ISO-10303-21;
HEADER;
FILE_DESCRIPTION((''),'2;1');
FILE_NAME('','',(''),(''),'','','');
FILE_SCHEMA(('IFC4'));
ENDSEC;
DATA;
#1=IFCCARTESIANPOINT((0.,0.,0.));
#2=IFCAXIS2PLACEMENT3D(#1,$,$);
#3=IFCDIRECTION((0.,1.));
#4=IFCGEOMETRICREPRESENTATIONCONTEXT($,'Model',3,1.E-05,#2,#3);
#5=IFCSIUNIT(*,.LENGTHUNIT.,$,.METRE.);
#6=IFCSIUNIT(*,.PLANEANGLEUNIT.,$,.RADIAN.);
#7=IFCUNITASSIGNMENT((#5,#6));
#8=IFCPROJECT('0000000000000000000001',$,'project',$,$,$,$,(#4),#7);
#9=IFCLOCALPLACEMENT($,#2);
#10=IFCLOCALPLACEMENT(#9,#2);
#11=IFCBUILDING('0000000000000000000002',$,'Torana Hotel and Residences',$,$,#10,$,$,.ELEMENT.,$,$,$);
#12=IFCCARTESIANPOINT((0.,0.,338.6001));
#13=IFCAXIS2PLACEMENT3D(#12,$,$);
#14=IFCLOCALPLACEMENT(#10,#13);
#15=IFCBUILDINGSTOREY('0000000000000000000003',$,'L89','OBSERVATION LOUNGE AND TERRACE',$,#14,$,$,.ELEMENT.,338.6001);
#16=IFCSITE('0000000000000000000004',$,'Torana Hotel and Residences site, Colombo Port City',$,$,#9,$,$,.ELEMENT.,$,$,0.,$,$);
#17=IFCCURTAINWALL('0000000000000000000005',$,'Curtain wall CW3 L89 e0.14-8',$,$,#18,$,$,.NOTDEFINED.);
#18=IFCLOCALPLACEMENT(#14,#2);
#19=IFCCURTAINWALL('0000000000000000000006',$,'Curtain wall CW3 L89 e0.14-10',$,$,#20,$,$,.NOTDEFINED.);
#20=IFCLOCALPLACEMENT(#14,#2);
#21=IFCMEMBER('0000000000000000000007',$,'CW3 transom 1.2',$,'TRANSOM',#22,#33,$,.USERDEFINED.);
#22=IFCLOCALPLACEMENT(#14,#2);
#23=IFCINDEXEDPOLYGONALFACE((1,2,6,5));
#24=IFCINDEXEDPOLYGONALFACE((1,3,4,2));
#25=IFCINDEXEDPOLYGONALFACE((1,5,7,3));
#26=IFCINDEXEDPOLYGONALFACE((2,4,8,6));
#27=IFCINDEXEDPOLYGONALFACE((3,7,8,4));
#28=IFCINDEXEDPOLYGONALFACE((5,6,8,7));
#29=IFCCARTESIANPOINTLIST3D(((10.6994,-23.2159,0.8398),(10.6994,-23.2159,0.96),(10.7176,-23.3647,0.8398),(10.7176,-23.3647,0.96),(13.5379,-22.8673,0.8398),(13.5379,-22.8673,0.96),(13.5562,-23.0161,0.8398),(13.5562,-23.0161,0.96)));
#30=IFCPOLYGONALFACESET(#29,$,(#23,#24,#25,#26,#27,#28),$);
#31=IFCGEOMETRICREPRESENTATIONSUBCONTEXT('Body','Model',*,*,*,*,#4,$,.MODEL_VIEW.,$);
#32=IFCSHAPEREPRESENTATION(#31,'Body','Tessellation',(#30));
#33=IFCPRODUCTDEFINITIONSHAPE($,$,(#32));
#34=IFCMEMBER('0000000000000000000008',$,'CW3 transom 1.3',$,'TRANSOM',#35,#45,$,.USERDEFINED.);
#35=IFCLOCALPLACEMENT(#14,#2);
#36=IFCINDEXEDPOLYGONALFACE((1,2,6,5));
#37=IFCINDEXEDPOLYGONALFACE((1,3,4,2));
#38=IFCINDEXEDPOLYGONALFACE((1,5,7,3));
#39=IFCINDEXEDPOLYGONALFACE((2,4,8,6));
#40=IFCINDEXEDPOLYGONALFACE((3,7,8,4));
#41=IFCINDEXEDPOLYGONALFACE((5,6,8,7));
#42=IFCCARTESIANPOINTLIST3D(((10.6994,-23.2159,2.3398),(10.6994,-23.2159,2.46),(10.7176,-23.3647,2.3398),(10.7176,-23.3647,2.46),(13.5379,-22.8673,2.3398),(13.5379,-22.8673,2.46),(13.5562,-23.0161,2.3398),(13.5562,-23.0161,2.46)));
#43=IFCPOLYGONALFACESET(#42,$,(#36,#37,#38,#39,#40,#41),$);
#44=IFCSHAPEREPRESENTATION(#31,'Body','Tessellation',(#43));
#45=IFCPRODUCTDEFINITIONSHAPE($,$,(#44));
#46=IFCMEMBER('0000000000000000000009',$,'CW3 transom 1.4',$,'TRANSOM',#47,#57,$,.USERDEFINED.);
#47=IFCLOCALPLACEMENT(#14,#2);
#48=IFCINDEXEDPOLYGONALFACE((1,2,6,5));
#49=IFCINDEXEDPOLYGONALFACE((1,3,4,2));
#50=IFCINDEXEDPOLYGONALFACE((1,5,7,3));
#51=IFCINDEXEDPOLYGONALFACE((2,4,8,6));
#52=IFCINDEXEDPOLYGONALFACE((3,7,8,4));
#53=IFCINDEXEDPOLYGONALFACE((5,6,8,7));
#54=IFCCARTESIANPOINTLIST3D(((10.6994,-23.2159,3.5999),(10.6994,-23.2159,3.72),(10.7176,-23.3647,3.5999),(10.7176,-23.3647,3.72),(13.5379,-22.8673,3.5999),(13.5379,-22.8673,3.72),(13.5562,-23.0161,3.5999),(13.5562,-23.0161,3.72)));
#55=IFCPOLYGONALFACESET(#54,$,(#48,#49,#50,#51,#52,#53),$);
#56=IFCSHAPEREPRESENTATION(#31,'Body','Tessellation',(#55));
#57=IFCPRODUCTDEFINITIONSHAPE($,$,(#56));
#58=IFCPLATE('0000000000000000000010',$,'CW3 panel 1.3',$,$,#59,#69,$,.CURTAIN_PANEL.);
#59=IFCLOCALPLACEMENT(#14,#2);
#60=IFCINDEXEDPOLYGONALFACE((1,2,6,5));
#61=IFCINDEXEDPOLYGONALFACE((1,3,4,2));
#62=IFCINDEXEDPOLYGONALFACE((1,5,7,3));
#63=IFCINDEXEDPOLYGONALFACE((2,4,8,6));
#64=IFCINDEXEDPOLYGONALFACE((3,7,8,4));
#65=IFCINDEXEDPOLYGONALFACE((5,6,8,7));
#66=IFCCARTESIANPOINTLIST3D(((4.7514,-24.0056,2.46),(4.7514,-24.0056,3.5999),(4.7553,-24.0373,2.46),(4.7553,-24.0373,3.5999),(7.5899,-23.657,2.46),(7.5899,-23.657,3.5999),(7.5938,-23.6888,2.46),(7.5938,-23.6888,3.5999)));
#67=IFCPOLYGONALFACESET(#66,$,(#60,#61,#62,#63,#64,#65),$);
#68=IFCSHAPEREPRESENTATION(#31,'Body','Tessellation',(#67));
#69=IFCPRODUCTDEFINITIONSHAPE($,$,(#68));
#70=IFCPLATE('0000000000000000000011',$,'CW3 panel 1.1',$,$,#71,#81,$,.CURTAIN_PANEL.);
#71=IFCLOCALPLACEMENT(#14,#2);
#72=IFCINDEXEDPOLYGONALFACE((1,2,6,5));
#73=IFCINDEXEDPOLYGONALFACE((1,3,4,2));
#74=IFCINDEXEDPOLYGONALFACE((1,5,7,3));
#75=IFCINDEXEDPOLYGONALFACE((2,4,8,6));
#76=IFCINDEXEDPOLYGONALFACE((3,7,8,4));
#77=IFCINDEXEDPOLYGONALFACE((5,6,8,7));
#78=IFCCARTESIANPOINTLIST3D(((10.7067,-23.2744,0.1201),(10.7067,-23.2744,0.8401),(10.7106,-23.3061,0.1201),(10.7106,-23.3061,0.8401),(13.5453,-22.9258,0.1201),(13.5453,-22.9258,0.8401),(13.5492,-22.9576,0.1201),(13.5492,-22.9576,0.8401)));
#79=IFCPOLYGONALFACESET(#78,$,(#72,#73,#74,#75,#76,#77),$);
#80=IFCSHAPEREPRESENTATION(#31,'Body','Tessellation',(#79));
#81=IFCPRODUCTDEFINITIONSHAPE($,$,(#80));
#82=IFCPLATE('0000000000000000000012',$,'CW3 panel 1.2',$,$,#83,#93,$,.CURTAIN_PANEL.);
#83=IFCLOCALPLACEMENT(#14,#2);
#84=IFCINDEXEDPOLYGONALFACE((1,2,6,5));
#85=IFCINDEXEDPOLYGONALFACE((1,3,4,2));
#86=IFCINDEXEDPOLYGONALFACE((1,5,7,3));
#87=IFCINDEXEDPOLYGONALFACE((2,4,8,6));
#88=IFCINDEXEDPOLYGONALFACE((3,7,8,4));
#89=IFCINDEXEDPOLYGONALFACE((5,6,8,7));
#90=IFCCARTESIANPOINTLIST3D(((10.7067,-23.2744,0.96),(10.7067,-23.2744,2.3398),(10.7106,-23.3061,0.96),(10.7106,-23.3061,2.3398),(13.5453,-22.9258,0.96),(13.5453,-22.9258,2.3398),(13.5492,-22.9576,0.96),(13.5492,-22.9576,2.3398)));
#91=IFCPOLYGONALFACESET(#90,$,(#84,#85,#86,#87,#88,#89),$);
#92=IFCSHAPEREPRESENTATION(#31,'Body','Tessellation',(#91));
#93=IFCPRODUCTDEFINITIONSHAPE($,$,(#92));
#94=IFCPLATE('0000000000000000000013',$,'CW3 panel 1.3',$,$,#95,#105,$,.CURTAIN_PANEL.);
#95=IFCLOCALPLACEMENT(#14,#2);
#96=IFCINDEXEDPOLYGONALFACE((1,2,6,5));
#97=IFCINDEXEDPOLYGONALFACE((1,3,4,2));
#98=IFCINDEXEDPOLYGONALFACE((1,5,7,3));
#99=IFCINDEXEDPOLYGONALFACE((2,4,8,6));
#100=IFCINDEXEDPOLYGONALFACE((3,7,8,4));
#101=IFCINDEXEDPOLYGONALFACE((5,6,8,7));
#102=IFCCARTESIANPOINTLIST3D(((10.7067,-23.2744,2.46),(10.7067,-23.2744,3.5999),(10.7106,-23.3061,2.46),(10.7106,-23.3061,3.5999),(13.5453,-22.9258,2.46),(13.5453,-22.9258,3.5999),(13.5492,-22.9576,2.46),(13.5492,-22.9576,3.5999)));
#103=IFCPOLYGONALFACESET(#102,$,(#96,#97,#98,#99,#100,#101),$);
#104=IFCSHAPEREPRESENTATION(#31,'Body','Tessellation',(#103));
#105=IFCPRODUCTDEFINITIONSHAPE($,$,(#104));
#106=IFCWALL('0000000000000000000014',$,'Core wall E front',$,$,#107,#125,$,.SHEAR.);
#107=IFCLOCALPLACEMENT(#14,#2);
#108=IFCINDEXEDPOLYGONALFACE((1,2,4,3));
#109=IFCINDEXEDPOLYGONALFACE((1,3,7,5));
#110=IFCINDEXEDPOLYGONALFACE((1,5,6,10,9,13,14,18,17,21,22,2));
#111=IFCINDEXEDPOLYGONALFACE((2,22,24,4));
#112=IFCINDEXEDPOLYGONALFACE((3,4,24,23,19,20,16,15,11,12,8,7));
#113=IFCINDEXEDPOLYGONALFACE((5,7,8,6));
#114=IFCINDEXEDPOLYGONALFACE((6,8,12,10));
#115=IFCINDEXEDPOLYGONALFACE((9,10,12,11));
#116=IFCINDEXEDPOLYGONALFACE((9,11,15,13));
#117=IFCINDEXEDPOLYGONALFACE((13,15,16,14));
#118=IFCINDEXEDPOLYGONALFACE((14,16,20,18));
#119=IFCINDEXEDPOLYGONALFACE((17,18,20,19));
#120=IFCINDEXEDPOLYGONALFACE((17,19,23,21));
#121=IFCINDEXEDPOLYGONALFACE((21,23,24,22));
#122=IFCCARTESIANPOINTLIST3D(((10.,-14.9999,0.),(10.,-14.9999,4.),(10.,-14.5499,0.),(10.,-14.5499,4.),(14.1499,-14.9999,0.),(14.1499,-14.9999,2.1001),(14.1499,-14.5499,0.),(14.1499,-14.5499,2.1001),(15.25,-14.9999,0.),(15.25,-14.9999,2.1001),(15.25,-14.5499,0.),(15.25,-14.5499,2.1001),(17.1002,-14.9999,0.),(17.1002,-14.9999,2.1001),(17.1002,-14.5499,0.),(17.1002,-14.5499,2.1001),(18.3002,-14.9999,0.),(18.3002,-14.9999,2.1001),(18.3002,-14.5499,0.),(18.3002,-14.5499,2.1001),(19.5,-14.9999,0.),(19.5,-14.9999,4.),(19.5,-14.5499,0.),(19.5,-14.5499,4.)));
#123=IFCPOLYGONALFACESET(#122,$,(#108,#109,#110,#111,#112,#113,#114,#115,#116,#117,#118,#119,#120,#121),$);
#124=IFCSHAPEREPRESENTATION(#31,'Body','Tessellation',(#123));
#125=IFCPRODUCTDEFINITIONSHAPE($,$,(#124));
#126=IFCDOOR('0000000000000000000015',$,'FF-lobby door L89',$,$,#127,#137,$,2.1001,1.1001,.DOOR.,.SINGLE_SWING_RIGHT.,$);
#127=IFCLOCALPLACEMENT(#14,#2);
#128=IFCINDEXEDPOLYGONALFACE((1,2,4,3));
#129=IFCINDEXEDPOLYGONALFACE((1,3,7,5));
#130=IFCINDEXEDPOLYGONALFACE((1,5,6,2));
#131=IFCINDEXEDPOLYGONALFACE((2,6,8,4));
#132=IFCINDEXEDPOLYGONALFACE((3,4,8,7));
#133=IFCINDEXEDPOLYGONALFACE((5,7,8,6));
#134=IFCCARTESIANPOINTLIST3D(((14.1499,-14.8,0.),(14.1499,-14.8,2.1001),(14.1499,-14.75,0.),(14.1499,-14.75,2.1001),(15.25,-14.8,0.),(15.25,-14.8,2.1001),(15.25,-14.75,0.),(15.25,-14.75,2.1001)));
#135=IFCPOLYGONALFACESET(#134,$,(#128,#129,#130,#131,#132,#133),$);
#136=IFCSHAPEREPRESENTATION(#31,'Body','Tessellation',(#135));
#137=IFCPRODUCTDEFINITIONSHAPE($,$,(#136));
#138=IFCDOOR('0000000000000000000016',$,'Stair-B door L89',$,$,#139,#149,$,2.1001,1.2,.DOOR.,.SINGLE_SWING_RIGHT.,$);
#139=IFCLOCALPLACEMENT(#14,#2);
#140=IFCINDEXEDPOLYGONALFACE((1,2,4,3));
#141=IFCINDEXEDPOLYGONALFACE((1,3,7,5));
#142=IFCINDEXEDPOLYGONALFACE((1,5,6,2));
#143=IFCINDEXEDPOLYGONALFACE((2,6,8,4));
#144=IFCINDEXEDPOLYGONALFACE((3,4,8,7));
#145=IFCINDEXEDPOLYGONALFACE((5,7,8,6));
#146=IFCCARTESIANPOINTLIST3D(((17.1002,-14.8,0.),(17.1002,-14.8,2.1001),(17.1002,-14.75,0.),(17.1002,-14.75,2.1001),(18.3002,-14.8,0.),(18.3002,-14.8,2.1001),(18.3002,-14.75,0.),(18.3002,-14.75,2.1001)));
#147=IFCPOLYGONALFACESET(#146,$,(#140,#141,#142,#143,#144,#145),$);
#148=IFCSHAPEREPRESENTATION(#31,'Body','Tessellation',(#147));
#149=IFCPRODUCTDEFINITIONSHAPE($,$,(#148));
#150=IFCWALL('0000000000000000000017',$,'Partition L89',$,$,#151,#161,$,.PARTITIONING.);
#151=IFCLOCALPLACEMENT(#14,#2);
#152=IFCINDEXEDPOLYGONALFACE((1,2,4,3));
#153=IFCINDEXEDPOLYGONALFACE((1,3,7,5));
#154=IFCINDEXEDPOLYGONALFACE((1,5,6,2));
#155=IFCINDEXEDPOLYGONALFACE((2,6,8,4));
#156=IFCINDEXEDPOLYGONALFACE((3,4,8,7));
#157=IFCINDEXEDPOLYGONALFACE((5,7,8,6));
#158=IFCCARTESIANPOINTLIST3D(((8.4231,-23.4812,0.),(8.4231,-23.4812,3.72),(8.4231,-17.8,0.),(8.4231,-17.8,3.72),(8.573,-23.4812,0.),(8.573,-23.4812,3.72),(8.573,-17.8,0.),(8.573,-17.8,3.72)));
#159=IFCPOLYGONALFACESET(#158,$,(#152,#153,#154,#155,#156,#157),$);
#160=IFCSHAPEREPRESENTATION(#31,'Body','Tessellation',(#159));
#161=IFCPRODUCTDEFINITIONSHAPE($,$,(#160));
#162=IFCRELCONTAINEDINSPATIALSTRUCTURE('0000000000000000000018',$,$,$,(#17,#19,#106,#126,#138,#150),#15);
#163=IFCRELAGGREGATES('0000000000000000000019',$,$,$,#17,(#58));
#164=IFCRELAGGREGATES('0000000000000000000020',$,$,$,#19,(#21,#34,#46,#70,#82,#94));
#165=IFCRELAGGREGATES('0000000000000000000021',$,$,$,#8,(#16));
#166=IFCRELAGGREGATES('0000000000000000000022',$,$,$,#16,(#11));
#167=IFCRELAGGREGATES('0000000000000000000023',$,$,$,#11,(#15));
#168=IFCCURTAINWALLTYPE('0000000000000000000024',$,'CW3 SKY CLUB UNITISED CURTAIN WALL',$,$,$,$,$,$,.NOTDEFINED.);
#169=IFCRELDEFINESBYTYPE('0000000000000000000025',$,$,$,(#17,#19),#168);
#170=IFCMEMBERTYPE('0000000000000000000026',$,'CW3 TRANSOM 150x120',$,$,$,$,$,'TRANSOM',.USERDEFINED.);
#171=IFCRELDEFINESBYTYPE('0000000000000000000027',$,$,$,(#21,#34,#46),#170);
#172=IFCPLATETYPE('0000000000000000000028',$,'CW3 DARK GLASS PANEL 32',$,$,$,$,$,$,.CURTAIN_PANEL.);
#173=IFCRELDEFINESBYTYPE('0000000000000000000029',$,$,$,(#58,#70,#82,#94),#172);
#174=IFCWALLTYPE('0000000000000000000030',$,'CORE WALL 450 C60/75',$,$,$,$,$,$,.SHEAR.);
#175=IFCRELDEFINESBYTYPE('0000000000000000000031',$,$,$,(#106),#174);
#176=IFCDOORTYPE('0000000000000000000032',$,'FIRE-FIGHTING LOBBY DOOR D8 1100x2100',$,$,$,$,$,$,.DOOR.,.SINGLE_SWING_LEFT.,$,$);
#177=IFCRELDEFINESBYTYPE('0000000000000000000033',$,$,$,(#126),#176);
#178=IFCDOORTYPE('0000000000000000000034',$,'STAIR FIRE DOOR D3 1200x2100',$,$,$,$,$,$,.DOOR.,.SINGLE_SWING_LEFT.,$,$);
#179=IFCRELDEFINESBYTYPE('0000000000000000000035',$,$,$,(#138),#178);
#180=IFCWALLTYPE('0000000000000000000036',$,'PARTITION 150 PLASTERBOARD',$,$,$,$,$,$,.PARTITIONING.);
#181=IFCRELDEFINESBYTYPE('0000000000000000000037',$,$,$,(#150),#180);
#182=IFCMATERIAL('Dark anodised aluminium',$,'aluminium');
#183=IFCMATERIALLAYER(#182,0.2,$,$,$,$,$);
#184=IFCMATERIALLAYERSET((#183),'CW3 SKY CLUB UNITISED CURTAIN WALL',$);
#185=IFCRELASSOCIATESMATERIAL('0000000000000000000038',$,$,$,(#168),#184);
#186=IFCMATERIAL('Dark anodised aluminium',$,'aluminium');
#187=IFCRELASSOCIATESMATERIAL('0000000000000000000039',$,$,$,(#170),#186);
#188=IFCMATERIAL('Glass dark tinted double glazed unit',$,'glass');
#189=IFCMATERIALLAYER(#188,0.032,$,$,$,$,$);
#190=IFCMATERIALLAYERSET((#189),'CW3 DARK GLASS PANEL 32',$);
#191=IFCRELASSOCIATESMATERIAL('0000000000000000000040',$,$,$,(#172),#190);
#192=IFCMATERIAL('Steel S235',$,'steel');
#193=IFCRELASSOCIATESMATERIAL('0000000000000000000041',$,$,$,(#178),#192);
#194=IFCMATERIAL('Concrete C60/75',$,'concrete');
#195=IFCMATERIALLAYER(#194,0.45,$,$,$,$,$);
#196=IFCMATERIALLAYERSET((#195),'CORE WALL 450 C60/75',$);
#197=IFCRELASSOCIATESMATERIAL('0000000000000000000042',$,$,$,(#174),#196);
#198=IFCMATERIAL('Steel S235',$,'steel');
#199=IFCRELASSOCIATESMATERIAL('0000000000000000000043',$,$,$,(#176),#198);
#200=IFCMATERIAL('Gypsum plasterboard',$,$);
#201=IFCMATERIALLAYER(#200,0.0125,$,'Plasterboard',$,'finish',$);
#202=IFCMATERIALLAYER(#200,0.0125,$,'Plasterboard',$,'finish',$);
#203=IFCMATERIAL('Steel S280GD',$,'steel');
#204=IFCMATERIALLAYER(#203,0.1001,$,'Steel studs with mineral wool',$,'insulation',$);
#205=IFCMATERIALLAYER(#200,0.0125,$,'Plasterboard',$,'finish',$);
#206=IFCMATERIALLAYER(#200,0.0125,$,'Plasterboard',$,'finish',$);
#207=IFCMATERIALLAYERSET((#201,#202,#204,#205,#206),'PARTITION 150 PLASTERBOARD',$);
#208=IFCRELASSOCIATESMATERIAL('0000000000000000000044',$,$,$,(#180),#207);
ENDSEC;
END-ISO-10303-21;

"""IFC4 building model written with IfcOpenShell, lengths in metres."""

from ifc_helpers import new_model, si_unit, direction, frame, frame_2d, origin, origin_2d, place, context, subcontext, project, spatial, rectangle, extrude, material, layer, layer_set, material_profile, profile_set, type_object, element, fill, aggregate, save


model = new_model("IFC4")

# Units and contexts
model_context = context("Model", 3, precision=1e-05, world=origin(), true_north=direction((0.0, 1.0)))
body_context = subcontext(model_context, "Body", "Model", "MODEL_VIEW")
ifc_project = project(units=[si_unit("LENGTHUNIT", "METRE"), si_unit("PLANEANGLEUNIT", "RADIAN")], contexts=[model_context])

# Site, building, storey
site_placement = place(None, origin())
site = spatial("IfcSite", under=ifc_project, at=site_placement, Name="Torana Hotel and Residences site, Colombo Port City", CompositionType="ELEMENT", RefElevation=0.0)
building_placement = place(site_placement, origin())
building = spatial("IfcBuilding", under=site, at=building_placement, Name="Torana Hotel and Residences", CompositionType="ELEMENT")
storey_placement = place(building_placement, frame((0.0, 0.0, 338.6001)))
storey = spatial("IfcBuildingStorey", under=building, at=storey_placement, Name="L89", Description="OBSERVATION LOUNGE AND TERRACE", CompositionType="ELEMENT", Elevation=338.6001)

# Curtain wall
ifc_material_1 = material(Name="Dark anodised aluminium", Category="aluminium")
ifc_layer_1 = layer(ifc_material_1, 0.2)
ifc_layer_set_1 = layer_set([ifc_layer_1], Name="CW3 SKY CLUB UNITISED CURTAIN WALL")
curtain_wall_type = type_object("IfcCurtainWallType", Name="CW3 SKY CLUB UNITISED CURTAIN WALL", PredefinedType="NOTDEFINED", material=ifc_layer_set_1)
curtain_wall_1_placement = place(storey_placement, origin())
curtain_wall_1 = element("IfcCurtainWall", 1, at=curtain_wall_1_placement, inside=storey, type_object=curtain_wall_type, Name="Curtain wall CW3 L89 e0.14-8", PredefinedType="NOTDEFINED")

# Curtain wall, members
curtain_wall_2_placement = place(storey_placement, origin())
curtain_wall_2 = element("IfcCurtainWall", 2, at=curtain_wall_2_placement, inside=storey, type_object=curtain_wall_type, Name="Curtain wall CW3 L89 e0.14-10", PredefinedType="NOTDEFINED")
ifc_material_2 = material(Name="Dark anodised aluminium", Category="aluminium")
ifc_material_profile_1 = material_profile(ifc_material_2, rectangle(XDim=0.1499, YDim=0.1201, at=origin_2d()), Name="CW3 TRANSOM 150x120")
ifc_profile_set_1 = profile_set([ifc_material_profile_1], Name="Dark anodised aluminium")
member_type_1 = type_object("IfcMemberType", Name="CW3 TRANSOM 150x120", ElementType="TRANSOM", PredefinedType="USERDEFINED", material=ifc_profile_set_1)
member_1_placement = place(storey_placement, frame((10.7085, -23.2903, 0.8999), z_axis=(0.992542, 0.121902, 0.0), x_axis=(-0.121902, 0.992542, 0.0)))
member_1 = element("IfcMember", 3, at=member_1_placement, type_object=member_type_1, Name="CW3 transom 1.2", ObjectType="TRANSOM", PredefinedType="USERDEFINED", context=body_context, shape_type="SweptSolid", body=[
    extrude(rectangle(XDim=0.1499, YDim=0.1201, at=origin_2d()), origin(), (0.0, 0.0, 1.0), 2.8599),
])
member_2_placement = place(storey_placement, frame((10.7085, -23.2903, 2.3999), z_axis=(0.992542, 0.121902, 0.0), x_axis=(-0.121902, 0.992542, 0.0)))
member_2 = element("IfcMember", 4, at=member_2_placement, type_object=member_type_1, Name="CW3 transom 1.3", ObjectType="TRANSOM", PredefinedType="USERDEFINED", context=body_context, shape_type="SweptSolid", body=[
    extrude(rectangle(XDim=0.1499, YDim=0.1201, at=origin_2d()), origin(), (0.0, 0.0, 1.0), 2.8599),
])
member_3_placement = place(storey_placement, frame((10.7085, -23.2903, 3.6599), z_axis=(0.992542, 0.121902, 0.0), x_axis=(-0.121902, 0.992542, 0.0)))
member_3 = element("IfcMember", 5, at=member_3_placement, type_object=member_type_1, Name="CW3 transom 1.4", ObjectType="TRANSOM", PredefinedType="USERDEFINED", context=body_context, shape_type="SweptSolid", body=[
    extrude(rectangle(XDim=0.1499, YDim=0.1201, at=origin_2d()), origin(), (0.0, 0.0, 1.0), 2.8599),
])

# Plates
ifc_material_3 = material(Name="Glass dark tinted double glazed unit", Category="glass")
ifc_layer_2 = layer(ifc_material_3, 0.032)
ifc_layer_set_2 = layer_set([ifc_layer_2], Name="CW3 DARK GLASS PANEL 32")
plate_type = type_object("IfcPlateType", Name="CW3 DARK GLASS PANEL 32", PredefinedType="CURTAIN_PANEL", material=ifc_layer_set_2)
plate_1_placement = place(storey_placement, frame((6.1726, -23.8472, 2.46), z_axis=(0.0, 0.0, 1.0), x_axis=(0.992546, 0.121868, 0.0)))
plate_1 = element("IfcPlate", 6, at=plate_1_placement, type_object=plate_type, Name="CW3 panel 1.3", PredefinedType="CURTAIN_PANEL", context=body_context, shape_type="SweptSolid", body=[
    extrude(rectangle(XDim=2.8599, YDim=0.032, at=origin_2d()), origin(), (0.0, 0.0, 1.0), 1.1399),
])
aggregate(curtain_wall_1, [plate_1])
plate_2_placement = place(storey_placement, frame((12.1279, -23.116, 0.1201), z_axis=(0.0, 0.0, 1.0), x_axis=(0.992546, 0.121868, 0.0)))
plate_2 = element("IfcPlate", 7, at=plate_2_placement, type_object=plate_type, Name="CW3 panel 1.1", PredefinedType="CURTAIN_PANEL", context=body_context, shape_type="SweptSolid", body=[
    extrude(rectangle(XDim=2.8599, YDim=0.032, at=origin_2d()), origin(), (0.0, 0.0, 1.0), 0.72),
])
plate_3_placement = place(storey_placement, frame((12.1279, -23.116, 0.96), z_axis=(0.0, 0.0, 1.0), x_axis=(0.992546, 0.121868, 0.0)))
plate_3 = element("IfcPlate", 8, at=plate_3_placement, type_object=plate_type, Name="CW3 panel 1.2", PredefinedType="CURTAIN_PANEL", context=body_context, shape_type="SweptSolid", body=[
    extrude(rectangle(XDim=2.8599, YDim=0.032, at=origin_2d()), origin(), (0.0, 0.0, 1.0), 1.3799),
])
plate_4_placement = place(storey_placement, frame((12.1279, -23.116, 2.46), z_axis=(0.0, 0.0, 1.0), x_axis=(0.992546, 0.121868, 0.0)))
plate_4 = element("IfcPlate", 9, at=plate_4_placement, type_object=plate_type, Name="CW3 panel 1.3", PredefinedType="CURTAIN_PANEL", context=body_context, shape_type="SweptSolid", body=[
    extrude(rectangle(XDim=2.8599, YDim=0.032, at=origin_2d()), origin(), (0.0, 0.0, 1.0), 1.1399),
])
aggregate(curtain_wall_2, [member_1, member_2, member_3, plate_2, plate_3, plate_4])

# Wall, openings, doors
ifc_material_4 = material(Name="Steel S235", Category="steel")
door_type_1 = type_object("IfcDoorType", Name="STAIR FIRE DOOR D3 1200x2100", OperationType="SINGLE_SWING_LEFT", PredefinedType="DOOR", material=ifc_material_4)
ifc_material_5 = material(Name="Concrete C60/75", Category="concrete")
ifc_layer_3 = layer(ifc_material_5, 0.45)
ifc_layer_set_3 = layer_set([ifc_layer_3], Name="CORE WALL 450 C60/75")
wall_type_1 = type_object("IfcWallType", Name="CORE WALL 450 C60/75", PredefinedType="SHEAR", material=ifc_layer_set_3)
wall_1_placement = place(storey_placement, frame((10.0, -14.7749, 0.0), z_axis=(0.0, 0.0, 1.0), x_axis=(1.0, 0.0, 0.0)))
wall_1 = element("IfcWall", 10, at=wall_1_placement, inside=storey, type_object=wall_type_1, Name="Core wall E front", PredefinedType="SHEAR", context=body_context, shape_type="SweptSolid", body=[
    extrude(rectangle(XDim=9.5, YDim=0.45, at=frame_2d((4.75, 0.0))), origin(), (0.0, 0.0, 1.0), 4.0),
])
opening_1_placement = place(wall_1_placement, frame((7.1001, 0.0, 0.0)))
opening_1 = element("IfcOpeningElement", 11, at=opening_1_placement, cuts=wall_1, PredefinedType="OPENING", context=body_context, shape_type="SweptSolid", body=[
    extrude(rectangle(XDim=1.2, YDim=2.1001, at=frame_2d((0.6001, 1.05))), frame((0.0, 0.2349, 0.0), z_axis=(0.0, -1.0, 0.0), x_axis=(1.0, 0.0, 0.0)), (0.0, 0.0, 1.0), 0.47),
])
opening_2_placement = place(wall_1_placement, frame((4.1499, 0.0, 0.0)))
opening_2 = element("IfcOpeningElement", 12, at=opening_2_placement, cuts=wall_1, PredefinedType="OPENING", context=body_context, shape_type="SweptSolid", body=[
    extrude(rectangle(XDim=1.1001, YDim=2.1001, at=frame_2d((0.55, 1.05))), frame((0.0, 0.2349, 0.0), z_axis=(0.0, -1.0, 0.0), x_axis=(1.0, 0.0, 0.0)), (0.0, 0.0, 1.0), 0.47),
])
ifc_material_6 = material(Name="Steel S235", Category="steel")
door_type_2 = type_object("IfcDoorType", Name="FIRE-FIGHTING LOBBY DOOR D8 1100x2100", OperationType="SINGLE_SWING_LEFT", PredefinedType="DOOR", material=ifc_material_6)
door_1_placement = place(opening_2_placement, origin())
door_1 = element("IfcDoor", 13, at=door_1_placement, inside=storey, type_object=door_type_2, Name="FF-lobby door L89", OperationType="SINGLE_SWING_RIGHT", OverallHeight=2.1001, OverallWidth=1.1001, PredefinedType="DOOR", context=body_context, shape_type="SweptSolid", body=[
    extrude(rectangle(XDim=1.1001, YDim=2.1001, at=frame_2d((0.55, 1.05))), frame((0.0, 0.0249, 0.0), z_axis=(0.0, -1.0, 0.0), x_axis=(1.0, 0.0, 0.0)), (0.0, 0.0, 1.0), 0.05),
])
fill(opening_2, door_1)
door_2_placement = place(opening_1_placement, origin())
door_2 = element("IfcDoor", 14, at=door_2_placement, inside=storey, type_object=door_type_1, Name="Stair-B door L89", OperationType="SINGLE_SWING_RIGHT", OverallHeight=2.1001, OverallWidth=1.2, PredefinedType="DOOR", context=body_context, shape_type="SweptSolid", body=[
    extrude(rectangle(XDim=1.2, YDim=2.1001, at=frame_2d((0.6001, 1.05))), frame((0.0, 0.0249, 0.0), z_axis=(0.0, -1.0, 0.0), x_axis=(1.0, 0.0, 0.0)), (0.0, 0.0, 1.0), 0.05),
])
fill(opening_1, door_2)

# Wall
ifc_material_7 = material(Name="Gypsum plasterboard")
ifc_layer_4 = layer(ifc_material_7, 0.0125, Name="Plasterboard", Category="finish")
ifc_layer_5 = layer(ifc_material_7, 0.0125, Name="Plasterboard", Category="finish")
ifc_material_8 = material(Name="Steel S280GD", Category="steel")
ifc_layer_6 = layer(ifc_material_8, 0.1001, Name="Steel studs with mineral wool", Category="insulation")
ifc_layer_7 = layer(ifc_material_7, 0.0125, Name="Plasterboard", Category="finish")
ifc_layer_8 = layer(ifc_material_7, 0.0125, Name="Plasterboard", Category="finish")
ifc_layer_set_4 = layer_set([ifc_layer_4, ifc_layer_5, ifc_layer_6, ifc_layer_7, ifc_layer_8], Name="PARTITION 150 PLASTERBOARD")
wall_type_2 = type_object("IfcWallType", Name="PARTITION 150 PLASTERBOARD", PredefinedType="PARTITIONING", material=ifc_layer_set_4)
wall_2_placement = place(storey_placement, frame((8.498, -23.4812, 0.0), z_axis=(0.0, 0.0, 1.0), x_axis=(0.0, 1.0, 0.0)))
element("IfcWall", 15, at=wall_2_placement, inside=storey, type_object=wall_type_2, Name="Partition L89", PredefinedType="PARTITIONING", context=body_context, shape_type="SweptSolid", body=[
    extrude(rectangle(XDim=5.6812, YDim=0.1499, at=frame_2d((2.8406, 0.0))), origin(), (0.0, 0.0, 1.0), 3.72),
])

save(model, "model.ifc")
